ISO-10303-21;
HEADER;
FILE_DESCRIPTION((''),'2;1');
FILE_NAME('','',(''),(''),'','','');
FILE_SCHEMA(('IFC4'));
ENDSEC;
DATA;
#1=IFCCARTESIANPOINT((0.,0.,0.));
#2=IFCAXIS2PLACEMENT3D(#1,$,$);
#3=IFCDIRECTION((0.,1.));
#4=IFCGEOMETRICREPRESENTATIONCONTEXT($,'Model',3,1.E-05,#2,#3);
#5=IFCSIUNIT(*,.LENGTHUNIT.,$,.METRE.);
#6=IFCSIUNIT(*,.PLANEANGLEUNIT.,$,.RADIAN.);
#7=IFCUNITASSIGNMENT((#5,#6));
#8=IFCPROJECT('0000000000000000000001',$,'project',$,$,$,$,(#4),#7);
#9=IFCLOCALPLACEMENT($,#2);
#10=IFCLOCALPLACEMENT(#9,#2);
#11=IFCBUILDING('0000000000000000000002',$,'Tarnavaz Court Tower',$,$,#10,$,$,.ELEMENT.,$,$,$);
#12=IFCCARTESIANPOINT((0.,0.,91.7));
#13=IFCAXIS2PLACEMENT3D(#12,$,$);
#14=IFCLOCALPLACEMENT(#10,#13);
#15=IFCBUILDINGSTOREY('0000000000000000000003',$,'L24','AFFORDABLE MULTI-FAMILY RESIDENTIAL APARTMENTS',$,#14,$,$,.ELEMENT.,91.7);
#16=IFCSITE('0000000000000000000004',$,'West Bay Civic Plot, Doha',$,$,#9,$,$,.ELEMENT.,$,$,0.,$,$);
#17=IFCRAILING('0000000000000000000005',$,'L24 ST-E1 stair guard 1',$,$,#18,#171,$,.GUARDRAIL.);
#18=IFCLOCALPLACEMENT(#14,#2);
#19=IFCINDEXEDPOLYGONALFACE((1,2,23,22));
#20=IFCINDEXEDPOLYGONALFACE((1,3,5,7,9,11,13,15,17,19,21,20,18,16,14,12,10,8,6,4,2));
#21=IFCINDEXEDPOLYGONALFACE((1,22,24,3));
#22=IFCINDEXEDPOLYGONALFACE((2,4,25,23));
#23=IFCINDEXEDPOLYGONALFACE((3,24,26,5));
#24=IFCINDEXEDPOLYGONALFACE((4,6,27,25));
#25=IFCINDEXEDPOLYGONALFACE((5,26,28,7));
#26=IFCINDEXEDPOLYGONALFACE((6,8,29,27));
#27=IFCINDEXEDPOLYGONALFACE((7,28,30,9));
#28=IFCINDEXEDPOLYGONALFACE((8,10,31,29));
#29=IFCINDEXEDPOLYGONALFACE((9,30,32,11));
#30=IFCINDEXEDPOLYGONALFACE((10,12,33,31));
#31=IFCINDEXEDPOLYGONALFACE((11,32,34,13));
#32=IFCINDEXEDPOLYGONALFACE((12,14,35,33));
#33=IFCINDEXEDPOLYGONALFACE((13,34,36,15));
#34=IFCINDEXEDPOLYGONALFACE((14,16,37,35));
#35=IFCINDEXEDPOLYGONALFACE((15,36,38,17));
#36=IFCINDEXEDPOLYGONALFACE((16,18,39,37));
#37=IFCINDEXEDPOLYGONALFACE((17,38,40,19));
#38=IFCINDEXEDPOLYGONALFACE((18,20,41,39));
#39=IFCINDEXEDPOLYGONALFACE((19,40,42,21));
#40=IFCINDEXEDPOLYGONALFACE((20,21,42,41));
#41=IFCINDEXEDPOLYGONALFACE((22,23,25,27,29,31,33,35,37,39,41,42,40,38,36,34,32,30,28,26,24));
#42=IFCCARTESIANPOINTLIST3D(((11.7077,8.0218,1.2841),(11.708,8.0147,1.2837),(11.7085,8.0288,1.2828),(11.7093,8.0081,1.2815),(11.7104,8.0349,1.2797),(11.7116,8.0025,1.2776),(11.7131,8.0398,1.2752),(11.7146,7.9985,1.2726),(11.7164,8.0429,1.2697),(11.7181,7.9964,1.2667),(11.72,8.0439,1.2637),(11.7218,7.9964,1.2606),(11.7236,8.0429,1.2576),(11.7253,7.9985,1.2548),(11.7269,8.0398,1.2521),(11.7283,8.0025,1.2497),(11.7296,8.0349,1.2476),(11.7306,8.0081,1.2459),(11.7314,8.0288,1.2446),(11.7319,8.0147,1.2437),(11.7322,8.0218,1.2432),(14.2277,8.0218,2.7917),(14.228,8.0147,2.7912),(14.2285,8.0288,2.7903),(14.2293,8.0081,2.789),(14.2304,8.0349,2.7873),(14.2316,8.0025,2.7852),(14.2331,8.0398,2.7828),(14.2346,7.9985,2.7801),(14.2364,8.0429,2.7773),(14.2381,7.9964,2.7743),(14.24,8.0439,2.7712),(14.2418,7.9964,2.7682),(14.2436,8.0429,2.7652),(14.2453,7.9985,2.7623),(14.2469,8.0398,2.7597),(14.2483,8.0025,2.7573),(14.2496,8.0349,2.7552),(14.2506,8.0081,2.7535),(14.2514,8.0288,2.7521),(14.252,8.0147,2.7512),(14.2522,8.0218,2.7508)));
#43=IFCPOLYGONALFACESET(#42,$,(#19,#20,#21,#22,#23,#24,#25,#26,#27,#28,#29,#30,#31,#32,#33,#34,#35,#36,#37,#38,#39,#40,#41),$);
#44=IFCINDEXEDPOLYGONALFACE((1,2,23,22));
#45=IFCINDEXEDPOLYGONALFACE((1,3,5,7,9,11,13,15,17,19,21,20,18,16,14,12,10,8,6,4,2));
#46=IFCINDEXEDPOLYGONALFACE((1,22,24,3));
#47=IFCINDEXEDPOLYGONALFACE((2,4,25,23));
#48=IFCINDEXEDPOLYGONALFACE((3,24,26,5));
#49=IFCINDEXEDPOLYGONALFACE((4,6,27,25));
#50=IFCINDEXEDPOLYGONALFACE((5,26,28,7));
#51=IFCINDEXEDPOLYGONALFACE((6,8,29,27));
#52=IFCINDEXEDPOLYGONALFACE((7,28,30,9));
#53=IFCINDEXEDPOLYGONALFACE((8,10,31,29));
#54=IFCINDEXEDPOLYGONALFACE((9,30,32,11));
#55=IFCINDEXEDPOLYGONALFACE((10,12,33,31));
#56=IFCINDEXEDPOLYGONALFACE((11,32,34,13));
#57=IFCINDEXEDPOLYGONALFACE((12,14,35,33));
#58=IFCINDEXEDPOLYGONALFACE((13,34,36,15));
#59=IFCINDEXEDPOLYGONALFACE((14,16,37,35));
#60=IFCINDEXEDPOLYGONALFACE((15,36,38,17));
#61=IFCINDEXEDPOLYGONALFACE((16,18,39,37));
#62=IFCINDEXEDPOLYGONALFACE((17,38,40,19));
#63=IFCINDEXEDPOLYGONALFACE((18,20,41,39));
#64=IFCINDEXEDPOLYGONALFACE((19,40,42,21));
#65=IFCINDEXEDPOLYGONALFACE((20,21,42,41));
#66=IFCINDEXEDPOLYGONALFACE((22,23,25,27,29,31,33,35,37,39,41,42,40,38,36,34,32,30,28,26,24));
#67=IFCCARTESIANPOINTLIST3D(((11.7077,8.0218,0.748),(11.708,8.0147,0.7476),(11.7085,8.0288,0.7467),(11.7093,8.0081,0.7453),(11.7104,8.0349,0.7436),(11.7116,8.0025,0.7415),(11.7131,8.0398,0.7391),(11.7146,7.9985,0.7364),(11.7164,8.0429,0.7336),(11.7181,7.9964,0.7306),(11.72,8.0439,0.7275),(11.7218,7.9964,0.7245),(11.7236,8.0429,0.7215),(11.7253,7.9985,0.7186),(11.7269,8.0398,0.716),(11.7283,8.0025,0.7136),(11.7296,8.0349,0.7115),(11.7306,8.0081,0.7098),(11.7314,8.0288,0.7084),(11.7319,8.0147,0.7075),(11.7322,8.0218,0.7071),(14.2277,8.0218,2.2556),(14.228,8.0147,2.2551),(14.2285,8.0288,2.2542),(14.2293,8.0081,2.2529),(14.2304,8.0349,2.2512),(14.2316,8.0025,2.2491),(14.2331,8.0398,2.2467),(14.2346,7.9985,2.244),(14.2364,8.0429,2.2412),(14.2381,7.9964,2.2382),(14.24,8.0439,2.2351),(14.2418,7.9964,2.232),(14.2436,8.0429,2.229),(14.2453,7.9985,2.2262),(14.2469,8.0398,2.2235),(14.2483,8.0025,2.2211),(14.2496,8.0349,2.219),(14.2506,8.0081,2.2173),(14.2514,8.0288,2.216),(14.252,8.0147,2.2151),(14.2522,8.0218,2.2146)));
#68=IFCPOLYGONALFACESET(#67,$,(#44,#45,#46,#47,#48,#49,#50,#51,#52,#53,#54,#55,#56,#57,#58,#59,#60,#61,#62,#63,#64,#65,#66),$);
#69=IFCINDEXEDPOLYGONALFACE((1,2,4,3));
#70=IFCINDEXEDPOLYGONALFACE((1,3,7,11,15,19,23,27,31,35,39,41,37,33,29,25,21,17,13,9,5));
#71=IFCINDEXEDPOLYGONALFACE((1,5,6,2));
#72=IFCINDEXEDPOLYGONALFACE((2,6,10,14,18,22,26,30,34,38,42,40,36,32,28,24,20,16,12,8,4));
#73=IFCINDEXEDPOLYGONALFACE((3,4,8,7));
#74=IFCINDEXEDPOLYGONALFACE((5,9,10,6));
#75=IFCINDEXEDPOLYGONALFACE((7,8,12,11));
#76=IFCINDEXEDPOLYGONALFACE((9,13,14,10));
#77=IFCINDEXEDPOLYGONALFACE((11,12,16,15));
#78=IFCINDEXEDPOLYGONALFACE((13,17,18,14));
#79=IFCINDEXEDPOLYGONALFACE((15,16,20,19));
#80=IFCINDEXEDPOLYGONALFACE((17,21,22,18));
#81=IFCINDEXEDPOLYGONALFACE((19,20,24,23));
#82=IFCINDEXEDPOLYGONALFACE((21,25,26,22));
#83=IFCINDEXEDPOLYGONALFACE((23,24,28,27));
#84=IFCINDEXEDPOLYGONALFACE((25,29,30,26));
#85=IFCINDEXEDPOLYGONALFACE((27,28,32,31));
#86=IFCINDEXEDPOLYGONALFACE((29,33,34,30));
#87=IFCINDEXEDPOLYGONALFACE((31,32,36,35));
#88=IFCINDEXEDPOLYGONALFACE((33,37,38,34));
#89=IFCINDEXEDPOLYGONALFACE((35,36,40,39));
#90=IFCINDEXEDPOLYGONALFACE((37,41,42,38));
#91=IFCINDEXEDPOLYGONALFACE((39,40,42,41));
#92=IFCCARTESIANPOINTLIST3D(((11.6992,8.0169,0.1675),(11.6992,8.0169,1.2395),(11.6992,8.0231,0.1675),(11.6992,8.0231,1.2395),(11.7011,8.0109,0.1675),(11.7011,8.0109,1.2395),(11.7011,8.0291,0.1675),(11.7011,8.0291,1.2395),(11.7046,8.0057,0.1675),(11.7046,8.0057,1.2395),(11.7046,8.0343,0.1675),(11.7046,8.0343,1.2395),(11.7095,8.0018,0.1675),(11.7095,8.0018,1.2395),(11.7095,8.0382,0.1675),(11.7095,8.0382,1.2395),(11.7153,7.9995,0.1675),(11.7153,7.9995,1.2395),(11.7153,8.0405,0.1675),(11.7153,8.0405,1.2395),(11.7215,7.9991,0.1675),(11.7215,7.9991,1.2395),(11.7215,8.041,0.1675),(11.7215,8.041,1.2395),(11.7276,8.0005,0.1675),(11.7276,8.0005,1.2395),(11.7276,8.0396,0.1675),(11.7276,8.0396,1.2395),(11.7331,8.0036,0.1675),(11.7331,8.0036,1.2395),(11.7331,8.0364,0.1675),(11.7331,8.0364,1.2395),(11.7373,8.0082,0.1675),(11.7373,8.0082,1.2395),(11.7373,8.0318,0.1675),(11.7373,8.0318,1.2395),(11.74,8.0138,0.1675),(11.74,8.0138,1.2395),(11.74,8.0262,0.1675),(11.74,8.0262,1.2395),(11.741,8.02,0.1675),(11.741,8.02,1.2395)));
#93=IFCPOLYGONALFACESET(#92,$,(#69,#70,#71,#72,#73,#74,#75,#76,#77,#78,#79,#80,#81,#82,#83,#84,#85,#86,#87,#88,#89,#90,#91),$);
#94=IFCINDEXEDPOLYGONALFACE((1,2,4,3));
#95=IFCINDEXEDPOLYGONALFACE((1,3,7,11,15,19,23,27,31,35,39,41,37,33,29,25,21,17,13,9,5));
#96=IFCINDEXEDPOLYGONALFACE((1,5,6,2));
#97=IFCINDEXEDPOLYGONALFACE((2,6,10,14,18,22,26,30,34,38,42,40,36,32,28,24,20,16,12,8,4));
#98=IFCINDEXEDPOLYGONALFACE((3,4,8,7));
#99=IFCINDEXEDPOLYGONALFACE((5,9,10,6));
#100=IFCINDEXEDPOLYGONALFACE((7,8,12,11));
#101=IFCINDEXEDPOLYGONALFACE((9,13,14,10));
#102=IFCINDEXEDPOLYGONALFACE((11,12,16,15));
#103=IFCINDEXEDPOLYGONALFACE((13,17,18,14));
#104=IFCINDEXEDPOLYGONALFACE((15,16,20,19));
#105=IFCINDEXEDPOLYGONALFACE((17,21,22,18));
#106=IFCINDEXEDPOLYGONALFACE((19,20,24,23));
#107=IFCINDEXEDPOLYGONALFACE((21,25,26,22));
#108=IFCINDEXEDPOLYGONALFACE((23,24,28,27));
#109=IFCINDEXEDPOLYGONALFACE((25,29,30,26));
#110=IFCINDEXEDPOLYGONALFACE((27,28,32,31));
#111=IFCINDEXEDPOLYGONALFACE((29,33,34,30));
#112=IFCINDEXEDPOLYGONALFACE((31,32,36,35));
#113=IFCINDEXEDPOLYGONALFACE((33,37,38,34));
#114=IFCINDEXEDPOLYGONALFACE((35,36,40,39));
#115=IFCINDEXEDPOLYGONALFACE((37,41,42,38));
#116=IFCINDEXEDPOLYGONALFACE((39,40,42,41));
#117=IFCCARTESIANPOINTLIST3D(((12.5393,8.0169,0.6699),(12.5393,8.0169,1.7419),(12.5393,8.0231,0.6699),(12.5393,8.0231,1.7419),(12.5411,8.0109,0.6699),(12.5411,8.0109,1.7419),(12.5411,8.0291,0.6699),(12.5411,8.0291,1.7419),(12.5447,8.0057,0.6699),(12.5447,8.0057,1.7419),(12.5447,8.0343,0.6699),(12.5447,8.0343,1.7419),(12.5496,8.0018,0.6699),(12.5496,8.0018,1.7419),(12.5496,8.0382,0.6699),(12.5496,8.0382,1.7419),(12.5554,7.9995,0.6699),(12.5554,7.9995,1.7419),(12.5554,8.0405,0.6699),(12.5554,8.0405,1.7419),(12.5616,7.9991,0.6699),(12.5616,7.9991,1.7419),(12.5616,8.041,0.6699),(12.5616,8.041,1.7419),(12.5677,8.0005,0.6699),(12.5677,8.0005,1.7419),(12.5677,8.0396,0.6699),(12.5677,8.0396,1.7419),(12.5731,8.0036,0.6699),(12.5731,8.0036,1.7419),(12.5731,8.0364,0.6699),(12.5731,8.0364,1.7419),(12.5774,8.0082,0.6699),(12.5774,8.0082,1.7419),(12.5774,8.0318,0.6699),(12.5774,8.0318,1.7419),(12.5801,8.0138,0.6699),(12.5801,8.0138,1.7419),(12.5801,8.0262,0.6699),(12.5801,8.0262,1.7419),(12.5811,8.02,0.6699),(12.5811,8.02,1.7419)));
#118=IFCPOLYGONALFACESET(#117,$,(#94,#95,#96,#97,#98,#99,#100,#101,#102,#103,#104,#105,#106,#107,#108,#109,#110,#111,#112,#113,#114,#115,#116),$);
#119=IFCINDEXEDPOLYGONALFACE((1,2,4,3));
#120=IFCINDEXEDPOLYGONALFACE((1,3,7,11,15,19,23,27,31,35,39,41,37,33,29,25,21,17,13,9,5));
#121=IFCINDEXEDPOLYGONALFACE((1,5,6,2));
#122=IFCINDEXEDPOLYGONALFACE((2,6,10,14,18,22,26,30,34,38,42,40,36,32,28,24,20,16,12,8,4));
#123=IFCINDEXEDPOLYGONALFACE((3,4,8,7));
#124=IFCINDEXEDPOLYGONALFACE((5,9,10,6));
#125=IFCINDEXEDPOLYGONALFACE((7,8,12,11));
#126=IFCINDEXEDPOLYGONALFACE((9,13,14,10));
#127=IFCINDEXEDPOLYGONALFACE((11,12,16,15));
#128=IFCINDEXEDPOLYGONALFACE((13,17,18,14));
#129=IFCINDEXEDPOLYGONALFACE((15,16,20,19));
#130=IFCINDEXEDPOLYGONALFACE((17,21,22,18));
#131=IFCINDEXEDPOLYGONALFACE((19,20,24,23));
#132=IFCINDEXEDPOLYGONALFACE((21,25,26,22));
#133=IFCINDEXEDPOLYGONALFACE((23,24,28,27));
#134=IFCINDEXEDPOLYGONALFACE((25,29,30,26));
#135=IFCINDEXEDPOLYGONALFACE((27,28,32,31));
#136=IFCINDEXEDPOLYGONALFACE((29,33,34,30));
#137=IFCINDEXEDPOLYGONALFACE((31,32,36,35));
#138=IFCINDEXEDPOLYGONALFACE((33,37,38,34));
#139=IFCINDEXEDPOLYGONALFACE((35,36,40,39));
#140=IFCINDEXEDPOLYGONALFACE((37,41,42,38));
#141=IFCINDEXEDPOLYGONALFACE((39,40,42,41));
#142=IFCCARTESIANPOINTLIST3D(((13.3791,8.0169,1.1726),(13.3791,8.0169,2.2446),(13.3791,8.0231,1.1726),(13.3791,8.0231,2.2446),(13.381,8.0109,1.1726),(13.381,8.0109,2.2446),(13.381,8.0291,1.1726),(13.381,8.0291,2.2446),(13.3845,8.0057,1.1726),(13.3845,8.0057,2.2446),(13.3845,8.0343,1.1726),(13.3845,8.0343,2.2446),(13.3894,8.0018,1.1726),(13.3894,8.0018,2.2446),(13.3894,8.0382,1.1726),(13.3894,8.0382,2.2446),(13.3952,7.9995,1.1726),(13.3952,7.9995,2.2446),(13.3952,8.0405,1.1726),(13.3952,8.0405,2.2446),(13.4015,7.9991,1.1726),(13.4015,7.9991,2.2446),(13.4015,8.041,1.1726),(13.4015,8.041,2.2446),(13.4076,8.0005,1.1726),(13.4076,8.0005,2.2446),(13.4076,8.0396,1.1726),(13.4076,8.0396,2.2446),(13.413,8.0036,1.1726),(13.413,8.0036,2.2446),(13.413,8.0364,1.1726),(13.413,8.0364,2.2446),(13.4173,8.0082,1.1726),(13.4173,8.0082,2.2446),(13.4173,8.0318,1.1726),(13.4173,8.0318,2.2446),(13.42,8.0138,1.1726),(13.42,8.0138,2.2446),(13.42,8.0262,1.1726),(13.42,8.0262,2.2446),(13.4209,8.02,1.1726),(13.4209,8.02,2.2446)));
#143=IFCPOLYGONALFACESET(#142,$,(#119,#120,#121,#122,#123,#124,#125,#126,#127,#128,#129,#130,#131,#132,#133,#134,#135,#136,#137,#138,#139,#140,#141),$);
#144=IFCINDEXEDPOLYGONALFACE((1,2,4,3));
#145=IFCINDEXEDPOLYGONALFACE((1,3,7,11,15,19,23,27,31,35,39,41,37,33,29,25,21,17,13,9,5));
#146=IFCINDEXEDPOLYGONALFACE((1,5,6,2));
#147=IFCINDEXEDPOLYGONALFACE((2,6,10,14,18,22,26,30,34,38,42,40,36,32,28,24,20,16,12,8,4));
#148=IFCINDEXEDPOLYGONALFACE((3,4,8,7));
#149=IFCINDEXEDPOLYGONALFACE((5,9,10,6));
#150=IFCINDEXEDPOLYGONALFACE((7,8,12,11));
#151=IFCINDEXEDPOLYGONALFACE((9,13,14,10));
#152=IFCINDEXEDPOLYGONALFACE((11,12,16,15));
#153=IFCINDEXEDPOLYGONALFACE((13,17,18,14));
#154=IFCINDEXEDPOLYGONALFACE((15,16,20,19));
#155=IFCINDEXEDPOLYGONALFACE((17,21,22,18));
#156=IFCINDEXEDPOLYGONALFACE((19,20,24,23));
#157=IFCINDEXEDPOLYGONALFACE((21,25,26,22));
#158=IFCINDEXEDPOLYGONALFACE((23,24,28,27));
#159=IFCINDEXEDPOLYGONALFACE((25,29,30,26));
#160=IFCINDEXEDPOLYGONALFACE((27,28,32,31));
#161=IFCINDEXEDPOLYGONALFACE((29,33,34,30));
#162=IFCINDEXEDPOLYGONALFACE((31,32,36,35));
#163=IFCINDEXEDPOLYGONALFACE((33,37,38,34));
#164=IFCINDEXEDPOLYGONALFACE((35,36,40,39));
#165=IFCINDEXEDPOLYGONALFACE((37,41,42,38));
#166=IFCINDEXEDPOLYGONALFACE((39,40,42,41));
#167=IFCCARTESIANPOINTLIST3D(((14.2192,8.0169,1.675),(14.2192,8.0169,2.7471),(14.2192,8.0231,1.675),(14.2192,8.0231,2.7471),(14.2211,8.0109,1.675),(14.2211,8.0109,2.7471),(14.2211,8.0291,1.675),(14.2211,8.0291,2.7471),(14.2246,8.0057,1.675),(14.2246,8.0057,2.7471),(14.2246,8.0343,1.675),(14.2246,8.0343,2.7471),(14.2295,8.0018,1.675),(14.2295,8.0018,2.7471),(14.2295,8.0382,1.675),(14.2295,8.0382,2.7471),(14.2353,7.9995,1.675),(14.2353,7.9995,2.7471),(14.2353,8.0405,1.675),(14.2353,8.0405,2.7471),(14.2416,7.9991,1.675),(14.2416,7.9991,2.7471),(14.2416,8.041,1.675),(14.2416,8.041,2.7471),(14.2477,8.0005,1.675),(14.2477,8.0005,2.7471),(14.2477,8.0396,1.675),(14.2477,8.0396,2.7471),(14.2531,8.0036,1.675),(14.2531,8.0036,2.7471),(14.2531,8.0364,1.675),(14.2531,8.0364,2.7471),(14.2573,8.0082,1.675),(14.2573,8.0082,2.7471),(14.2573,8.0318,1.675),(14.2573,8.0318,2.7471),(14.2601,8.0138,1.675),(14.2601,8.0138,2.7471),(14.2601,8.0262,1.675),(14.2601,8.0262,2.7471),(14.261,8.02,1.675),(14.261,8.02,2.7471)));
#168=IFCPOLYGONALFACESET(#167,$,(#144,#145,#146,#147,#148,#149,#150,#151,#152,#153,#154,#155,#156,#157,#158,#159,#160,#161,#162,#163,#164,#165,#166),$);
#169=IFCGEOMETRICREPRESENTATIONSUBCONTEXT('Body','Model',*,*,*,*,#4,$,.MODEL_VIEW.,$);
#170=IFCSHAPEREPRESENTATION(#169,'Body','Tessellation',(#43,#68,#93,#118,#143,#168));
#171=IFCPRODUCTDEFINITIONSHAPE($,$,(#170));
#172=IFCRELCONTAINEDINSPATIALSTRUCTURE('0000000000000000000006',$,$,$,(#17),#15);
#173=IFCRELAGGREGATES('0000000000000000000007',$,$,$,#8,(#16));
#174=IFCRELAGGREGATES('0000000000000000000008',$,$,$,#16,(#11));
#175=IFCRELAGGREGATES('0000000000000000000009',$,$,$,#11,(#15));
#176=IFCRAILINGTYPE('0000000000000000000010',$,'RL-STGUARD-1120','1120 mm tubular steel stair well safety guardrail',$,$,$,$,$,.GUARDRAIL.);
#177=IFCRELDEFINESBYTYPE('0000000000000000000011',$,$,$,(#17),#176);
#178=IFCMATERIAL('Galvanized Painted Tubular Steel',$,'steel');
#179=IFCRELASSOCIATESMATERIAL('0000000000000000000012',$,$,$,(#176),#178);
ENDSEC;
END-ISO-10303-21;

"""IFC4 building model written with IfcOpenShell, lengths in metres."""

from ifc_helpers import new_model, si_unit, direction, frame, origin, origin_2d, place, context, subcontext, project, spatial, circle, extrude, material, type_object, element, save


model = new_model("IFC4")

# Units and contexts
model_context = context("Model", 3, precision=1e-05, world=origin(), true_north=direction((0.0, 1.0)))
body_context = subcontext(model_context, "Body", "Model", "MODEL_VIEW")
ifc_project = project(units=[si_unit("LENGTHUNIT", "METRE"), si_unit("PLANEANGLEUNIT", "RADIAN")], contexts=[model_context])

# Site, building, storey
site_placement = place(None, origin())
site = spatial("IfcSite", under=ifc_project, at=site_placement, Name="West Bay Civic Plot, Doha", CompositionType="ELEMENT", RefElevation=0.0)
building_placement = place(site_placement, origin())
building = spatial("IfcBuilding", under=site, at=building_placement, Name="Tarnavaz Court Tower", CompositionType="ELEMENT")
storey_placement = place(building_placement, frame((0.0, 0.0, 91.7)))
storey = spatial("IfcBuildingStorey", under=building, at=storey_placement, Name="L24", Description="AFFORDABLE MULTI-FAMILY RESIDENTIAL APARTMENTS", CompositionType="ELEMENT", Elevation=91.7)

# Railing
ifc_material_1 = material(Name="Galvanized Painted Tubular Steel", Category="steel")
railing_type_1 = type_object("IfcRailingType", Name="RL-STGUARD-1120", Description="1120 mm tubular steel stair well safety guardrail", PredefinedType="GUARDRAIL", material=ifc_material_1)
railing_1_placement = place(storey_placement, frame((11.72, 8.02, 0.1675)))
element("IfcRailing", 1, at=railing_1_placement, inside=storey, type_object=railing_type_1, Name="L24 ST-E1 stair guard 1", PredefinedType="GUARDRAIL", context=body_context, shape_type="SweptSolid", body=[
    extrude(circle(Radius=0.0239, at=origin_2d()), frame((0.0, 0.0, 1.0962), z_axis=(0.85816, 0.0, 0.513383), x_axis=(0.0, 1.0, 0.0)), (0.0, 0.0, 1.0), 2.9365),
    extrude(circle(Radius=0.0239, at=origin_2d()), frame((0.0, 0.0, 0.5601), z_axis=(0.85816, 0.0, 0.513383), x_axis=(0.0, 1.0, 0.0)), (0.0, 0.0, 1.0), 2.9365),
    extrude(circle(Radius=0.021, at=origin_2d()), origin(), (0.0, 0.0, 1.0), 1.072),
    extrude(circle(Radius=0.021, at=origin_2d()), frame((0.8401, 0.0, 0.5024)), (0.0, 0.0, 1.0), 1.072),
    extrude(circle(Radius=0.021, at=origin_2d()), frame((1.6799, 0.0, 1.0051)), (0.0, 0.0, 1.0), 1.072),
    extrude(circle(Radius=0.021, at=origin_2d()), frame((2.52, 0.0, 1.5076)), (0.0, 0.0, 1.0), 1.072),
])

save(model, "model.ifc")
